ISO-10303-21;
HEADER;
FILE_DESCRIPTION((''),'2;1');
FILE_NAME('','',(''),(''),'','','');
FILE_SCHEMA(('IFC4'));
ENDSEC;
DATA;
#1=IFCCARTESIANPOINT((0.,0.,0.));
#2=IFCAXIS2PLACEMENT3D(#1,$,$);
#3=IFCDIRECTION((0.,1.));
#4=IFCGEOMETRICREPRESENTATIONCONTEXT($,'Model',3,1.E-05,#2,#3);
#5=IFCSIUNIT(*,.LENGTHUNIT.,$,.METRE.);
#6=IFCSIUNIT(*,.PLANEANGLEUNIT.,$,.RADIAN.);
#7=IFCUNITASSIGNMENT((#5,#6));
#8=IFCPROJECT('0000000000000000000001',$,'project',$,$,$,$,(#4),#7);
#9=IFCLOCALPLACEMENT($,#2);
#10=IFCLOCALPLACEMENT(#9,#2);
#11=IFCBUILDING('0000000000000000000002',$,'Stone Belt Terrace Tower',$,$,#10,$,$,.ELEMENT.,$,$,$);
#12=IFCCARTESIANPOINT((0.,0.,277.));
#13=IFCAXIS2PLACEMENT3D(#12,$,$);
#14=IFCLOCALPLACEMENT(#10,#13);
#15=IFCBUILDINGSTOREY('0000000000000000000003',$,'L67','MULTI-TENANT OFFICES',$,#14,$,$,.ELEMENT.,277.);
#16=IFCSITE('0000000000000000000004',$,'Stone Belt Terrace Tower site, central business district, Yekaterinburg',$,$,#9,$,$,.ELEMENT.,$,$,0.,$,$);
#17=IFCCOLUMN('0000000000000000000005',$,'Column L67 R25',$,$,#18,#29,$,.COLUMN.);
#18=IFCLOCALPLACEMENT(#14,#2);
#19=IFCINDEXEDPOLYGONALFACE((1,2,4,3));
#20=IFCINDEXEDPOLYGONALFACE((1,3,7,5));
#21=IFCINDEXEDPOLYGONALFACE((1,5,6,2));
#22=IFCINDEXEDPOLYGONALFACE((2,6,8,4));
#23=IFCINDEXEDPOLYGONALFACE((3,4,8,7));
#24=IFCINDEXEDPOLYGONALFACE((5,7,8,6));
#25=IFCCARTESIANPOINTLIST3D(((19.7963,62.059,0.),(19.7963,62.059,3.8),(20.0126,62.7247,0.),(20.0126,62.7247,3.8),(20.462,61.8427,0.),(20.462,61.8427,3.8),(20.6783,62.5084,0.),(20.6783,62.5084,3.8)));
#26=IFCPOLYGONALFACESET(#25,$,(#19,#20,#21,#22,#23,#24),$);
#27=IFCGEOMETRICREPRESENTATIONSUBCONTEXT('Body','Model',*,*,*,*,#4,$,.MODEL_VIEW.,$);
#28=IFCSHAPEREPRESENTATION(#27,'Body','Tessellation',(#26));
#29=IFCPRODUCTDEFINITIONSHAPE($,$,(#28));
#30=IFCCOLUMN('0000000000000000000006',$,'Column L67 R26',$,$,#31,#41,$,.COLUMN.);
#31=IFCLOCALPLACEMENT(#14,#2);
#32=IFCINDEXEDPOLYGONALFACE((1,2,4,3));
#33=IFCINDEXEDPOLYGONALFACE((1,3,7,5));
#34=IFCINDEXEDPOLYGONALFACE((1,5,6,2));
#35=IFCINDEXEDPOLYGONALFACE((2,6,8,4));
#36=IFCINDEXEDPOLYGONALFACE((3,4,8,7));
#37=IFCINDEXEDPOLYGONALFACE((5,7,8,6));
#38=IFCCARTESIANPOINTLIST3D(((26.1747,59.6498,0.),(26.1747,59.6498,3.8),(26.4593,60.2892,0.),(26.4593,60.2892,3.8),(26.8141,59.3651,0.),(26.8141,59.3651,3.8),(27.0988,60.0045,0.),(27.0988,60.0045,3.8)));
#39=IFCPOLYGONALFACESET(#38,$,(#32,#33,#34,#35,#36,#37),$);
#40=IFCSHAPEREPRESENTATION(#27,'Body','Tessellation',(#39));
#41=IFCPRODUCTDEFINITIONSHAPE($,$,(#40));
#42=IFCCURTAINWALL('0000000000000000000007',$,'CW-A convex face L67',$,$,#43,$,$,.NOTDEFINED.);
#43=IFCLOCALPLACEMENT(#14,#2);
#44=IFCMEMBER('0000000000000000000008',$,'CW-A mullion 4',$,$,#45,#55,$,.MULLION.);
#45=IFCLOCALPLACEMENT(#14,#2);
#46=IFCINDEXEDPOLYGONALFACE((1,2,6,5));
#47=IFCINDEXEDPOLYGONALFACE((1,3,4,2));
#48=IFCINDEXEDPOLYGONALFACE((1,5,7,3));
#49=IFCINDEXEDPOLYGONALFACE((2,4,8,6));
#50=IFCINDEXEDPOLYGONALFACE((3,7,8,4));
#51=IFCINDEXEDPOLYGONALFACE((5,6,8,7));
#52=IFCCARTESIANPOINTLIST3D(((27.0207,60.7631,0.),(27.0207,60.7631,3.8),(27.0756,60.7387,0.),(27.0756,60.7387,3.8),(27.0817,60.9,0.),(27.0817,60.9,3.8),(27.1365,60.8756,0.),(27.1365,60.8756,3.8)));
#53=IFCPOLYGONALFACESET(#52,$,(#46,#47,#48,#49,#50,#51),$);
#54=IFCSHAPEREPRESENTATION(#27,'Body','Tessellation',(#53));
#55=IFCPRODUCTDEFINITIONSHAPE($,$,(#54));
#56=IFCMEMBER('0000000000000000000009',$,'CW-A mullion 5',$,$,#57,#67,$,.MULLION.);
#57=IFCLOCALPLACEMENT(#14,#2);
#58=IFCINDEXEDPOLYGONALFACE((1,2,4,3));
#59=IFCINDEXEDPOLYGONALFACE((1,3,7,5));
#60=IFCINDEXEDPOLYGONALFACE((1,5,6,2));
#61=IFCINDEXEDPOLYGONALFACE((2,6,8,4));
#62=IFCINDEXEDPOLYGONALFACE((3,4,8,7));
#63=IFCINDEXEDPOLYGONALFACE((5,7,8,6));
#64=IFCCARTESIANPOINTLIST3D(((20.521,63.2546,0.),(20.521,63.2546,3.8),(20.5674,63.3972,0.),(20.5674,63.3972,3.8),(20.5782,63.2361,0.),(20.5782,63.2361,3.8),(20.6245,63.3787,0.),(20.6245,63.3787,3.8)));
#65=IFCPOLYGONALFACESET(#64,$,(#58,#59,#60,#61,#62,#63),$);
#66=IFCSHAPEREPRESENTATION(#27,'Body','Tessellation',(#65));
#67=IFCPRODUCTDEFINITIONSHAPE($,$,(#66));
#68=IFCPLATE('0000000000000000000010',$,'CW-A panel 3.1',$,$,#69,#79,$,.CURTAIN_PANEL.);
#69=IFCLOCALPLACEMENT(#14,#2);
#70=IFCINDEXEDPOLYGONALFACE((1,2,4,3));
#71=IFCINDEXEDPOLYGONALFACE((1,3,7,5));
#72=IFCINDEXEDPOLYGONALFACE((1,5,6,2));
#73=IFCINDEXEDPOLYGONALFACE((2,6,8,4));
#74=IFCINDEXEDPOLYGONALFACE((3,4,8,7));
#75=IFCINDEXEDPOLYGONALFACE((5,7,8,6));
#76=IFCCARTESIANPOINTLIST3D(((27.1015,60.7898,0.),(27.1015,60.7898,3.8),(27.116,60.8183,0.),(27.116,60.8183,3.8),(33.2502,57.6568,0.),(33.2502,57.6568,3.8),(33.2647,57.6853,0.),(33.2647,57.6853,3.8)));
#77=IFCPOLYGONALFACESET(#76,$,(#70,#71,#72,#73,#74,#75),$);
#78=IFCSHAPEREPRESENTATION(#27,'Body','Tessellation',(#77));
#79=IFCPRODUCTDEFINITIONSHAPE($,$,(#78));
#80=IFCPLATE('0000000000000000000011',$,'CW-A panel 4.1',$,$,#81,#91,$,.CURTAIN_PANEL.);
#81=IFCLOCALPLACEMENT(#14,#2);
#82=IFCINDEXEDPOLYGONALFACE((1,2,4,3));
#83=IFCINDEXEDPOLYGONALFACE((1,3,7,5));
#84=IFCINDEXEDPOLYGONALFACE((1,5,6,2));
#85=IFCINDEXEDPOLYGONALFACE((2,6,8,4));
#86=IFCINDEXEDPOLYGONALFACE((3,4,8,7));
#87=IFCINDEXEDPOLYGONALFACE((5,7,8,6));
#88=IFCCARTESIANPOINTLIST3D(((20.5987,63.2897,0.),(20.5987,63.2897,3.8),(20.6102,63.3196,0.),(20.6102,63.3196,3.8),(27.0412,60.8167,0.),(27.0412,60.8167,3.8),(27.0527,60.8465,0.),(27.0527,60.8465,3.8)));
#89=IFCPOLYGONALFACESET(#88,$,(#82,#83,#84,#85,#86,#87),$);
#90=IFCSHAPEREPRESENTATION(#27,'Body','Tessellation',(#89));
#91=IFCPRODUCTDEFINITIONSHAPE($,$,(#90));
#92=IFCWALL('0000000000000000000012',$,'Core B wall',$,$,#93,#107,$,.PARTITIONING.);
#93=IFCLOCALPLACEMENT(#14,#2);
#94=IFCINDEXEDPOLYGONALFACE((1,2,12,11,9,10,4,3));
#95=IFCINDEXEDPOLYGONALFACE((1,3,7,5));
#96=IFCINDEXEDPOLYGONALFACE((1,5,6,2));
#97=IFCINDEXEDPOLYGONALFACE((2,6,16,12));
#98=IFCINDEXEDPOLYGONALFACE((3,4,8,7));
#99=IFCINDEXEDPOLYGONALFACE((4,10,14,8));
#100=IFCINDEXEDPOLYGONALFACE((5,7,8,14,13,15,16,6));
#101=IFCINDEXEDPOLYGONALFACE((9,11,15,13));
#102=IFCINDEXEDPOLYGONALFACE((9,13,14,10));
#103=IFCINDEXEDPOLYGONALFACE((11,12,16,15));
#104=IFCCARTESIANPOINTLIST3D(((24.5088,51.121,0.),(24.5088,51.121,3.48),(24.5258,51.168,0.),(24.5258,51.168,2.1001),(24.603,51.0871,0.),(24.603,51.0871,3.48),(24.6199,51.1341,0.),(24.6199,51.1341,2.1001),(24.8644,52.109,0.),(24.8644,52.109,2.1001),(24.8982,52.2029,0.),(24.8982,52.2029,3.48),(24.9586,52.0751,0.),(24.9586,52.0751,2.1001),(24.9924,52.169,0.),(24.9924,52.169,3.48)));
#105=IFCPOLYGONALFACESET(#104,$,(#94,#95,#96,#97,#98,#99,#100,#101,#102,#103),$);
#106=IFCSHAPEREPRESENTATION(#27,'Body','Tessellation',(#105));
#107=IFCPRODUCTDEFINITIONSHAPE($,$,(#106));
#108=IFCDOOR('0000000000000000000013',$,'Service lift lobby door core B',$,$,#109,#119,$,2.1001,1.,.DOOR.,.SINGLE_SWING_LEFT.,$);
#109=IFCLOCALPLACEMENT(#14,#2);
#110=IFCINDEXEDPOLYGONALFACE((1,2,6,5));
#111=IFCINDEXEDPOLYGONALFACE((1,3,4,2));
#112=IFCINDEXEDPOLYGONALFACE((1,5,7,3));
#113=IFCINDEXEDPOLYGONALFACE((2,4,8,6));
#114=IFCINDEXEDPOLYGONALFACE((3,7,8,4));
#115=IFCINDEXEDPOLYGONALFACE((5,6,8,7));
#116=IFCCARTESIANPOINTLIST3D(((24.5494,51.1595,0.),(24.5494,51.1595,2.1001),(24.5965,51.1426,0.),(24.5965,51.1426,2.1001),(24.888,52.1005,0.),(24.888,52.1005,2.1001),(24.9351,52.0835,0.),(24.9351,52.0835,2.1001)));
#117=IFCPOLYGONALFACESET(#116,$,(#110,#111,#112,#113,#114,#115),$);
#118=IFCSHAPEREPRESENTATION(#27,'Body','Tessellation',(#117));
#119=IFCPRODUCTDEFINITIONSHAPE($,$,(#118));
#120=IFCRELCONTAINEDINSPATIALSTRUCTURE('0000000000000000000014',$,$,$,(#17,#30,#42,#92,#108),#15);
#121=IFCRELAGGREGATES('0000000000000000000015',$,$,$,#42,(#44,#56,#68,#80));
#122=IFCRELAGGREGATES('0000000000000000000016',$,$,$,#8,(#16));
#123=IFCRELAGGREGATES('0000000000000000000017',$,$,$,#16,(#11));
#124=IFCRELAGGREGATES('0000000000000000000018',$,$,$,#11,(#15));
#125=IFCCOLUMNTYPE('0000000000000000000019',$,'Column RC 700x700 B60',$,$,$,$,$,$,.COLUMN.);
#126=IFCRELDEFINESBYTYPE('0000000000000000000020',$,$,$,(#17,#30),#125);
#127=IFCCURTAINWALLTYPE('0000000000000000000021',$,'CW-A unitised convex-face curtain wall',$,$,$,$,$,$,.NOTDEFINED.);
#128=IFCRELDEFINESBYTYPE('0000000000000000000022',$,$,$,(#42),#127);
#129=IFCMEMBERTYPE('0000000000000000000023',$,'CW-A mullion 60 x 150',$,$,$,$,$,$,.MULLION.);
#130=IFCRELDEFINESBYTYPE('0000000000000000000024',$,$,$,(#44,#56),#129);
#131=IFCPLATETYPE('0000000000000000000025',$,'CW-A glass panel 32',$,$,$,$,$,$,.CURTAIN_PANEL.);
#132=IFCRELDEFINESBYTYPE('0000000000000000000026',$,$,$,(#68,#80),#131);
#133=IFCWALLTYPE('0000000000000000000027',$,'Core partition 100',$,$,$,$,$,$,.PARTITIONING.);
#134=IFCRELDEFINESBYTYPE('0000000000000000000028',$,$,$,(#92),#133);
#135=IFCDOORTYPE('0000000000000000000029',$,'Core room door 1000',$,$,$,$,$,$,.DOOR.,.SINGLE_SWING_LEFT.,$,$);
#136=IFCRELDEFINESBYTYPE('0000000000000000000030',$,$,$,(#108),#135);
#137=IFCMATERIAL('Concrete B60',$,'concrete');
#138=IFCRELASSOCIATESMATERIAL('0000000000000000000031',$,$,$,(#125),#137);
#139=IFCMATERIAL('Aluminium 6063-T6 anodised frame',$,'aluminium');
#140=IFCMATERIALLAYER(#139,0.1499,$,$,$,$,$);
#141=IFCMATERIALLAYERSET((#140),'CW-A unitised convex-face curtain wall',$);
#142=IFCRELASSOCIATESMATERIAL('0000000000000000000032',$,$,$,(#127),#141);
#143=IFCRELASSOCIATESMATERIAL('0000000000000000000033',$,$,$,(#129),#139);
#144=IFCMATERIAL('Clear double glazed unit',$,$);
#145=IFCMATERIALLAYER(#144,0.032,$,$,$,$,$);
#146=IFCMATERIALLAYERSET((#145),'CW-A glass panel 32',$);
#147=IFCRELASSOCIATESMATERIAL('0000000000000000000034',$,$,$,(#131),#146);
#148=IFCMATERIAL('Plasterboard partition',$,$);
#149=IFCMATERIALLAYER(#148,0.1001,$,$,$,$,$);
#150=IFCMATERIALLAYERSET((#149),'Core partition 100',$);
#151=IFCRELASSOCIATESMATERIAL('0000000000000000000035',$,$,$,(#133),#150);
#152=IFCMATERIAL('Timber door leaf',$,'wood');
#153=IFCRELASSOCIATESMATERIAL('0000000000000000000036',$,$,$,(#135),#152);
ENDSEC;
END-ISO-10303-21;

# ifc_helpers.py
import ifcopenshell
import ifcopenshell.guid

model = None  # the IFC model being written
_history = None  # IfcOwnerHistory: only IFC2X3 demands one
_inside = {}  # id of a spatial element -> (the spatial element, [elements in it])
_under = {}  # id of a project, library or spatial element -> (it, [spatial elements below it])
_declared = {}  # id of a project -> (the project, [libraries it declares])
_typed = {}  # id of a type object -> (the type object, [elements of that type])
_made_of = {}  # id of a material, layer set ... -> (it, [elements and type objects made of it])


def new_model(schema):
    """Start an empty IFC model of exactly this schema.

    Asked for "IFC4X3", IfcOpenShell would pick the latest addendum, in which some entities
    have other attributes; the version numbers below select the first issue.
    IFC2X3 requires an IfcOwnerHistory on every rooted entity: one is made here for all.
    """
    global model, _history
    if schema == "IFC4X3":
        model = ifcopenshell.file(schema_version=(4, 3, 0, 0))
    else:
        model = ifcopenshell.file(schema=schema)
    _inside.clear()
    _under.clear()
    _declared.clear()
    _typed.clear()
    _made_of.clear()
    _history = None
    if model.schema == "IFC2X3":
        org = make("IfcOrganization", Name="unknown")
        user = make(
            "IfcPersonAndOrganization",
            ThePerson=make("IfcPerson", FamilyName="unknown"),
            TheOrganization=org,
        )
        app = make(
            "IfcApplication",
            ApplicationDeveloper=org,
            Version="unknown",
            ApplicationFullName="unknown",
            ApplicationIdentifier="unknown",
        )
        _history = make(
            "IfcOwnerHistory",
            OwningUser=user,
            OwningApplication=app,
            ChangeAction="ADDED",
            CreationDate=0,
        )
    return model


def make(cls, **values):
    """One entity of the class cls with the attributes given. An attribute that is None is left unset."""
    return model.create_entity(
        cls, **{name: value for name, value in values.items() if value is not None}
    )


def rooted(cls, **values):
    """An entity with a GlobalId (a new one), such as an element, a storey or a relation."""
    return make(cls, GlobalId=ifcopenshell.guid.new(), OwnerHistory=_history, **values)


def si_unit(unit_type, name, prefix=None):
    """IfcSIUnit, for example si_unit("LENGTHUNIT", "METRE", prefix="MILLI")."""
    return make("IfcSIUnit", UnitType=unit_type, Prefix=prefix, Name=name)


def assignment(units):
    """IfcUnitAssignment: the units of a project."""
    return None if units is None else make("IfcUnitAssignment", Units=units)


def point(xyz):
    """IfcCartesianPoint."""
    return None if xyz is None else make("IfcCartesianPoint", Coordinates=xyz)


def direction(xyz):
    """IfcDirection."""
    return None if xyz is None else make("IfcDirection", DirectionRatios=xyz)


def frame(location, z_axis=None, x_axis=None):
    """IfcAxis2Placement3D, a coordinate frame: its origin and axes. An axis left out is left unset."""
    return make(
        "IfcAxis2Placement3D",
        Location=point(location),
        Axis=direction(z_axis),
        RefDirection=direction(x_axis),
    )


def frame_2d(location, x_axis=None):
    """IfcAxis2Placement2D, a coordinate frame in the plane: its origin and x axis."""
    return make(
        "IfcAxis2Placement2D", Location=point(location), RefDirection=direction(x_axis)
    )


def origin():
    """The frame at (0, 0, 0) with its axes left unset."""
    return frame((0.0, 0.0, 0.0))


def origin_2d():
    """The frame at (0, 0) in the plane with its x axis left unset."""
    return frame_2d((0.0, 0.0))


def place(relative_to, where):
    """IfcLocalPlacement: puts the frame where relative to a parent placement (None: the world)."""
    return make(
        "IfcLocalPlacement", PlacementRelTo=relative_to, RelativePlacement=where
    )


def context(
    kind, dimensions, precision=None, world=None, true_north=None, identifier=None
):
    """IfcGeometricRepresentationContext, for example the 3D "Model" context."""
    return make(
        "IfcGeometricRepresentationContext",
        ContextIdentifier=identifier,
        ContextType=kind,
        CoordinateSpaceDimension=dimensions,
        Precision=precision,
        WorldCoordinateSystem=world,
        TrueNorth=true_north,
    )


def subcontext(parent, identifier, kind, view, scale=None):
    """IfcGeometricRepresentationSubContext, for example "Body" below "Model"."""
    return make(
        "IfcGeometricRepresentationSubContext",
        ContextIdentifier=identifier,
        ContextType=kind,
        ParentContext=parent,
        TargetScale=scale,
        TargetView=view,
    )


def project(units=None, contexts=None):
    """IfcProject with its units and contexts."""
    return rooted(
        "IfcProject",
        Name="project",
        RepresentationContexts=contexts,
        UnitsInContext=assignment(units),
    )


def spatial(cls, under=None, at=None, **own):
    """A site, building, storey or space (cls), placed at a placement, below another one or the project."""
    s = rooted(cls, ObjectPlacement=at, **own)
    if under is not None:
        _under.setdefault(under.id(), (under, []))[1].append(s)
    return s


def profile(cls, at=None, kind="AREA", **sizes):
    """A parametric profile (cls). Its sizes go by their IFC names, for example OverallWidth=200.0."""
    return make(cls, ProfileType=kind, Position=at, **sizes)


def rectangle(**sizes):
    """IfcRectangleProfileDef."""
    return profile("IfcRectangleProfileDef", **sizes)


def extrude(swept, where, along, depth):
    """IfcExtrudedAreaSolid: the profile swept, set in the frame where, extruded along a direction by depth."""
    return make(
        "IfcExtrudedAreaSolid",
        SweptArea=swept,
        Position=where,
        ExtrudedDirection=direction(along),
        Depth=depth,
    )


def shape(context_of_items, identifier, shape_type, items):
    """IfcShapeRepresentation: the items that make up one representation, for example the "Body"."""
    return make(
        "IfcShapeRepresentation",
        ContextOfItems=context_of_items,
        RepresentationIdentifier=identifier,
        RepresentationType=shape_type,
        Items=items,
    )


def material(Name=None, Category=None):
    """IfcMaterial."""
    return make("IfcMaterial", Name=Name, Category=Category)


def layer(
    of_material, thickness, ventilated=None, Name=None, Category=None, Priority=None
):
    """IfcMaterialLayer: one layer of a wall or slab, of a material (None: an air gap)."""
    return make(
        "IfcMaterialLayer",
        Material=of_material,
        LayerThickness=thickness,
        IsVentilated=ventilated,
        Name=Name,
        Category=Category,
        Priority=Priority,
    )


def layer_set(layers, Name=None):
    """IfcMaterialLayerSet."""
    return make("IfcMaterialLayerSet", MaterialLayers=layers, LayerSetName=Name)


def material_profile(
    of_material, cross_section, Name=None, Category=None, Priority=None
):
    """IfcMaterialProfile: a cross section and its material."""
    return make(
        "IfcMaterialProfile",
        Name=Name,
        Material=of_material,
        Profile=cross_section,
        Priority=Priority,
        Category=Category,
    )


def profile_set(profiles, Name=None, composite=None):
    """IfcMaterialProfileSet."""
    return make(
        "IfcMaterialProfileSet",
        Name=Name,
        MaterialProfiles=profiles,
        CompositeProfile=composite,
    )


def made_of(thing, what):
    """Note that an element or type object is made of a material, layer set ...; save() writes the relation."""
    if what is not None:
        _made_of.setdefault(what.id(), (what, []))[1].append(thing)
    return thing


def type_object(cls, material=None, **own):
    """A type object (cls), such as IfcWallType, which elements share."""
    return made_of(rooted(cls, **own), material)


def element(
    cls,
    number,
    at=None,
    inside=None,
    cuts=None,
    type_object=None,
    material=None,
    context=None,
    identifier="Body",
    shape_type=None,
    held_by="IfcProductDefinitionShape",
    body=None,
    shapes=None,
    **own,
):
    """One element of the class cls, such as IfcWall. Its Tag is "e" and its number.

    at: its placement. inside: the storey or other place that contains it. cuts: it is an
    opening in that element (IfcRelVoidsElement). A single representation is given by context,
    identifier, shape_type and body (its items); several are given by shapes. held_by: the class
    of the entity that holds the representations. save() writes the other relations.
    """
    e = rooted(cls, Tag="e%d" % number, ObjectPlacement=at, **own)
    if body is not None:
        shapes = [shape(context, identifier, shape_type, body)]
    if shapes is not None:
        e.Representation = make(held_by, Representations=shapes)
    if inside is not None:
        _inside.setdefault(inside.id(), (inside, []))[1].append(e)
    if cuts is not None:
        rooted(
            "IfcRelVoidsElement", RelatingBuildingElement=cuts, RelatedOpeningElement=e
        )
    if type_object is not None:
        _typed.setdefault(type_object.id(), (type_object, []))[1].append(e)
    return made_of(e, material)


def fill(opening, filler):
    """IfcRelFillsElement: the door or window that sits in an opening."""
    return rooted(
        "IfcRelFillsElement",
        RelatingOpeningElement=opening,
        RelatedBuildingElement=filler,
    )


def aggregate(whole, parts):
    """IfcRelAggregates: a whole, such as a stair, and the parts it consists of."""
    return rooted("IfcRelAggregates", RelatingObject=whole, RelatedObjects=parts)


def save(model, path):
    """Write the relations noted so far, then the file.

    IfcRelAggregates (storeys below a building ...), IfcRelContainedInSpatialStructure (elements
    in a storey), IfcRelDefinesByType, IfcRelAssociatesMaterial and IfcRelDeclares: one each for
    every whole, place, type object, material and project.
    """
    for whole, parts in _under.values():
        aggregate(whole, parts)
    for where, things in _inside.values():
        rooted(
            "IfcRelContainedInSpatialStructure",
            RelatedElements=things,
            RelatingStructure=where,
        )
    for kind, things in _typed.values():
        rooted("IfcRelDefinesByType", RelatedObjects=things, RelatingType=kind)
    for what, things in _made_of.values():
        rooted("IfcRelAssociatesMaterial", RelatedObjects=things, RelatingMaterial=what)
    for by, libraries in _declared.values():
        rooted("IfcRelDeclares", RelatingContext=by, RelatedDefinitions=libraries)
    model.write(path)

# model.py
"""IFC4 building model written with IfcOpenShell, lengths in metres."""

from ifc_helpers import new_model, si_unit, direction, frame, frame_2d, origin, origin_2d, place, context, subcontext, project, spatial, rectangle, extrude, material, layer, layer_set, material_profile, profile_set, type_object, element, fill, aggregate, save


model = new_model("IFC4")

# Units and contexts
model_context = context("Model", 3, precision=1e-05, world=origin(), true_north=direction((0.0, 1.0)))
body_context = subcontext(model_context, "Body", "Model", "MODEL_VIEW")
ifc_project = project(units=[si_unit("LENGTHUNIT", "METRE"), si_unit("PLANEANGLEUNIT", "RADIAN")], contexts=[model_context])

# Site, building, storey
site_placement = place(None, origin())
site = spatial("IfcSite", under=ifc_project, at=site_placement, Name="Stone Belt Terrace Tower site, central business district, Yekaterinburg", CompositionType="ELEMENT", RefElevation=0.0)
building_placement = place(site_placement, origin())
building = spatial("IfcBuilding", under=site, at=building_placement, Name="Stone Belt Terrace Tower", CompositionType="ELEMENT")
storey_placement = place(building_placement, frame((0.0, 0.0, 277.0)))
storey = spatial("IfcBuildingStorey", under=building, at=storey_placement, Name="L67", Description="MULTI-TENANT OFFICES", CompositionType="ELEMENT", Elevation=277.0)

# Columns
ifc_material_1 = material(Name="Concrete B60", Category="concrete")
ifc_material_profile_1 = material_profile(ifc_material_1, rectangle(XDim=0.7, YDim=0.7, at=origin_2d()), Name="RC 700x700")
ifc_profile_set_1 = profile_set([ifc_material_profile_1], Name="Concrete B60")
column_type = type_object("IfcColumnType", Name="Column RC 700x700 B60", PredefinedType="COLUMN", material=ifc_profile_set_1)
for number, where, z_axis, x_axis, name in (
    (1, (20.2373, 62.2837, 0.0), (0.0, 0.0, 1.0), (0.951057, -0.309017, 0.0), "Column L67 R25"),
    (2, (26.6367, 59.8271, 0.0), (0.0, 0.0, 1.0), (0.913545, -0.406737, 0.0), "Column L67 R26"),
):
    element("IfcColumn", number, at=place(storey_placement, frame(where, z_axis=z_axis, x_axis=x_axis)), inside=storey, type_object=column_type, Name=name, PredefinedType="COLUMN", context=body_context, shape_type="SweptSolid", body=[
        extrude(rectangle(XDim=0.7, YDim=0.7, at=origin_2d()), origin(), (0.0, 0.0, 1.0), 3.8),
    ])

# Curtain wall, members, plates
ifc_material_2 = material(Name="Aluminium 6063-T6 anodised frame", Category="aluminium")
ifc_layer_1 = layer(ifc_material_2, 0.1499)
ifc_layer_set_1 = layer_set([ifc_layer_1], Name="CW-A unitised convex-face curtain wall")
curtain_wall_type = type_object("IfcCurtainWallType", Name="CW-A unitised convex-face curtain wall", PredefinedType="NOTDEFINED", material=ifc_layer_set_1)
curtain_wall_placement = place(storey_placement, origin())
curtain_wall = element("IfcCurtainWall", 3, at=curtain_wall_placement, inside=storey, type_object=curtain_wall_type, Name="CW-A convex face L67", PredefinedType="NOTDEFINED")
ifc_material_profile_2 = material_profile(ifc_material_2, rectangle(XDim=0.1499, YDim=0.0601, at=origin_2d()), Name="Aluminium 6063-T6 60x150")
ifc_profile_set_2 = profile_set([ifc_material_profile_2], Name="Aluminium 6063-T6 anodised frame")
member_type = type_object("IfcMemberType", Name="CW-A mullion 60 x 150", PredefinedType="MULLION", material=ifc_profile_set_2)
member_1_placement = place(storey_placement, frame((27.0786, 60.8193, 0.0), z_axis=(0.0, 0.0, 1.0), x_axis=(-0.406737, -0.913545, 0.0)))
member_1 = element("IfcMember", 4, at=member_1_placement, type_object=member_type, Name="CW-A mullion 4", PredefinedType="MULLION", context=body_context, shape_type="SweptSolid", body=[
    extrude(rectangle(XDim=0.1499, YDim=0.0601, at=origin_2d()), origin(), (0.0, 0.0, 1.0), 3.8),
])
member_2_placement = place(storey_placement, frame((20.5728, 63.3167, 0.0), z_axis=(0.0, 0.0, 1.0), x_axis=(-0.309017, -0.951057, 0.0)))
member_2 = element("IfcMember", 5, at=member_2_placement, type_object=member_type, Name="CW-A mullion 5", PredefinedType="MULLION", context=body_context, shape_type="SweptSolid", body=[
    extrude(rectangle(XDim=0.1499, YDim=0.0601, at=origin_2d()), origin(), (0.0, 0.0, 1.0), 3.8),
])
ifc_material_3 = material(Name="Clear double glazed unit")
ifc_layer_2 = layer(ifc_material_3, 0.032)
ifc_layer_set_2 = layer_set([ifc_layer_2], Name="CW-A glass panel 32")
plate_type = type_object("IfcPlateType", Name="CW-A glass panel 32", PredefinedType="CURTAIN_PANEL", material=ifc_layer_set_2)
plate_1_placement = place(storey_placement, frame((30.1831, 59.2375, 0.0), z_axis=(0.0, 0.0, 1.0), x_axis=(-0.891007, 0.45399, 0.0)))
plate_1 = element("IfcPlate", 6, at=plate_1_placement, type_object=plate_type, Name="CW-A panel 3.1", PredefinedType="CURTAIN_PANEL", context=body_context, shape_type="SweptSolid", body=[
    extrude(rectangle(XDim=6.9009, YDim=0.032, at=origin_2d()), origin(), (0.0, 0.0, 1.0), 3.8),
])
plate_2_placement = place(storey_placement, frame((23.8257, 62.0681, 0.0), z_axis=(0.0, 0.0, 1.0), x_axis=(-0.93358, 0.358368, 0.0)))
plate_2 = element("IfcPlate", 7, at=plate_2_placement, type_object=plate_type, Name="CW-A panel 4.1", PredefinedType="CURTAIN_PANEL", context=body_context, shape_type="SweptSolid", body=[
    extrude(rectangle(XDim=6.9009, YDim=0.032, at=origin_2d()), origin(), (0.0, 0.0, 1.0), 3.8),
])
aggregate(curtain_wall, [member_1, member_2, plate_1, plate_2])

# Wall, opening, door
ifc_material_4 = material(Name="Plasterboard partition")
ifc_layer_3 = layer(ifc_material_4, 0.1001)
ifc_layer_set_3 = layer_set([ifc_layer_3], Name="Core partition 100")
wall_type_1 = type_object("IfcWallType", Name="Core partition 100", PredefinedType="PARTITIONING", material=ifc_layer_set_3)
wall_1_placement = place(storey_placement, frame((24.5559, 51.104, 0.0), z_axis=(0.0, 0.0, 1.0), x_axis=(0.338622, 0.940923, 0.0)))
wall_1 = element("IfcWall", 8, at=wall_1_placement, inside=storey, type_object=wall_type_1, Name="Core B wall", PredefinedType="PARTITIONING", context=body_context, shape_type="SweptSolid", body=[
    extrude(rectangle(XDim=1.1499, YDim=0.1001, at=frame_2d((0.575, 0.0))), origin(), (0.0, 0.0, 1.0), 3.48),
])
opening_1_placement = place(wall_1_placement, frame((0.05, 0.0, 0.0)))
opening_1 = element("IfcOpeningElement", 9, at=opening_1_placement, cuts=wall_1, PredefinedType="OPENING", context=body_context, shape_type="SweptSolid", body=[
    extrude(rectangle(XDim=1.0, YDim=2.1001, at=frame_2d((0.5, 1.05))), frame((0.0, 0.0601, 0.0), z_axis=(0.0, -1.0, 0.0), x_axis=(1.0, 0.0, 0.0)), (0.0, 0.0, 1.0), 0.1201),
])
ifc_material_5 = material(Name="Timber door leaf", Category="wood")
door_type_1 = type_object("IfcDoorType", Name="Core room door 1000", OperationType="SINGLE_SWING_LEFT", PredefinedType="DOOR", material=ifc_material_5)
door_1_placement = place(opening_1_placement, origin())
door_1 = element("IfcDoor", 10, at=door_1_placement, inside=storey, type_object=door_type_1, Name="Service lift lobby door core B", OperationType="SINGLE_SWING_LEFT", OverallHeight=2.1001, OverallWidth=1.0, PredefinedType="DOOR", context=body_context, shape_type="SweptSolid", body=[
    extrude(rectangle(XDim=1.0, YDim=2.1001, at=frame_2d((0.5, 1.05))), frame((0.0, 0.0249, 0.0), z_axis=(0.0, -1.0, 0.0), x_axis=(1.0, 0.0, 0.0)), (0.0, 0.0, 1.0), 0.05),
])
fill(opening_1, door_1)

save(model, "model.ifc")
